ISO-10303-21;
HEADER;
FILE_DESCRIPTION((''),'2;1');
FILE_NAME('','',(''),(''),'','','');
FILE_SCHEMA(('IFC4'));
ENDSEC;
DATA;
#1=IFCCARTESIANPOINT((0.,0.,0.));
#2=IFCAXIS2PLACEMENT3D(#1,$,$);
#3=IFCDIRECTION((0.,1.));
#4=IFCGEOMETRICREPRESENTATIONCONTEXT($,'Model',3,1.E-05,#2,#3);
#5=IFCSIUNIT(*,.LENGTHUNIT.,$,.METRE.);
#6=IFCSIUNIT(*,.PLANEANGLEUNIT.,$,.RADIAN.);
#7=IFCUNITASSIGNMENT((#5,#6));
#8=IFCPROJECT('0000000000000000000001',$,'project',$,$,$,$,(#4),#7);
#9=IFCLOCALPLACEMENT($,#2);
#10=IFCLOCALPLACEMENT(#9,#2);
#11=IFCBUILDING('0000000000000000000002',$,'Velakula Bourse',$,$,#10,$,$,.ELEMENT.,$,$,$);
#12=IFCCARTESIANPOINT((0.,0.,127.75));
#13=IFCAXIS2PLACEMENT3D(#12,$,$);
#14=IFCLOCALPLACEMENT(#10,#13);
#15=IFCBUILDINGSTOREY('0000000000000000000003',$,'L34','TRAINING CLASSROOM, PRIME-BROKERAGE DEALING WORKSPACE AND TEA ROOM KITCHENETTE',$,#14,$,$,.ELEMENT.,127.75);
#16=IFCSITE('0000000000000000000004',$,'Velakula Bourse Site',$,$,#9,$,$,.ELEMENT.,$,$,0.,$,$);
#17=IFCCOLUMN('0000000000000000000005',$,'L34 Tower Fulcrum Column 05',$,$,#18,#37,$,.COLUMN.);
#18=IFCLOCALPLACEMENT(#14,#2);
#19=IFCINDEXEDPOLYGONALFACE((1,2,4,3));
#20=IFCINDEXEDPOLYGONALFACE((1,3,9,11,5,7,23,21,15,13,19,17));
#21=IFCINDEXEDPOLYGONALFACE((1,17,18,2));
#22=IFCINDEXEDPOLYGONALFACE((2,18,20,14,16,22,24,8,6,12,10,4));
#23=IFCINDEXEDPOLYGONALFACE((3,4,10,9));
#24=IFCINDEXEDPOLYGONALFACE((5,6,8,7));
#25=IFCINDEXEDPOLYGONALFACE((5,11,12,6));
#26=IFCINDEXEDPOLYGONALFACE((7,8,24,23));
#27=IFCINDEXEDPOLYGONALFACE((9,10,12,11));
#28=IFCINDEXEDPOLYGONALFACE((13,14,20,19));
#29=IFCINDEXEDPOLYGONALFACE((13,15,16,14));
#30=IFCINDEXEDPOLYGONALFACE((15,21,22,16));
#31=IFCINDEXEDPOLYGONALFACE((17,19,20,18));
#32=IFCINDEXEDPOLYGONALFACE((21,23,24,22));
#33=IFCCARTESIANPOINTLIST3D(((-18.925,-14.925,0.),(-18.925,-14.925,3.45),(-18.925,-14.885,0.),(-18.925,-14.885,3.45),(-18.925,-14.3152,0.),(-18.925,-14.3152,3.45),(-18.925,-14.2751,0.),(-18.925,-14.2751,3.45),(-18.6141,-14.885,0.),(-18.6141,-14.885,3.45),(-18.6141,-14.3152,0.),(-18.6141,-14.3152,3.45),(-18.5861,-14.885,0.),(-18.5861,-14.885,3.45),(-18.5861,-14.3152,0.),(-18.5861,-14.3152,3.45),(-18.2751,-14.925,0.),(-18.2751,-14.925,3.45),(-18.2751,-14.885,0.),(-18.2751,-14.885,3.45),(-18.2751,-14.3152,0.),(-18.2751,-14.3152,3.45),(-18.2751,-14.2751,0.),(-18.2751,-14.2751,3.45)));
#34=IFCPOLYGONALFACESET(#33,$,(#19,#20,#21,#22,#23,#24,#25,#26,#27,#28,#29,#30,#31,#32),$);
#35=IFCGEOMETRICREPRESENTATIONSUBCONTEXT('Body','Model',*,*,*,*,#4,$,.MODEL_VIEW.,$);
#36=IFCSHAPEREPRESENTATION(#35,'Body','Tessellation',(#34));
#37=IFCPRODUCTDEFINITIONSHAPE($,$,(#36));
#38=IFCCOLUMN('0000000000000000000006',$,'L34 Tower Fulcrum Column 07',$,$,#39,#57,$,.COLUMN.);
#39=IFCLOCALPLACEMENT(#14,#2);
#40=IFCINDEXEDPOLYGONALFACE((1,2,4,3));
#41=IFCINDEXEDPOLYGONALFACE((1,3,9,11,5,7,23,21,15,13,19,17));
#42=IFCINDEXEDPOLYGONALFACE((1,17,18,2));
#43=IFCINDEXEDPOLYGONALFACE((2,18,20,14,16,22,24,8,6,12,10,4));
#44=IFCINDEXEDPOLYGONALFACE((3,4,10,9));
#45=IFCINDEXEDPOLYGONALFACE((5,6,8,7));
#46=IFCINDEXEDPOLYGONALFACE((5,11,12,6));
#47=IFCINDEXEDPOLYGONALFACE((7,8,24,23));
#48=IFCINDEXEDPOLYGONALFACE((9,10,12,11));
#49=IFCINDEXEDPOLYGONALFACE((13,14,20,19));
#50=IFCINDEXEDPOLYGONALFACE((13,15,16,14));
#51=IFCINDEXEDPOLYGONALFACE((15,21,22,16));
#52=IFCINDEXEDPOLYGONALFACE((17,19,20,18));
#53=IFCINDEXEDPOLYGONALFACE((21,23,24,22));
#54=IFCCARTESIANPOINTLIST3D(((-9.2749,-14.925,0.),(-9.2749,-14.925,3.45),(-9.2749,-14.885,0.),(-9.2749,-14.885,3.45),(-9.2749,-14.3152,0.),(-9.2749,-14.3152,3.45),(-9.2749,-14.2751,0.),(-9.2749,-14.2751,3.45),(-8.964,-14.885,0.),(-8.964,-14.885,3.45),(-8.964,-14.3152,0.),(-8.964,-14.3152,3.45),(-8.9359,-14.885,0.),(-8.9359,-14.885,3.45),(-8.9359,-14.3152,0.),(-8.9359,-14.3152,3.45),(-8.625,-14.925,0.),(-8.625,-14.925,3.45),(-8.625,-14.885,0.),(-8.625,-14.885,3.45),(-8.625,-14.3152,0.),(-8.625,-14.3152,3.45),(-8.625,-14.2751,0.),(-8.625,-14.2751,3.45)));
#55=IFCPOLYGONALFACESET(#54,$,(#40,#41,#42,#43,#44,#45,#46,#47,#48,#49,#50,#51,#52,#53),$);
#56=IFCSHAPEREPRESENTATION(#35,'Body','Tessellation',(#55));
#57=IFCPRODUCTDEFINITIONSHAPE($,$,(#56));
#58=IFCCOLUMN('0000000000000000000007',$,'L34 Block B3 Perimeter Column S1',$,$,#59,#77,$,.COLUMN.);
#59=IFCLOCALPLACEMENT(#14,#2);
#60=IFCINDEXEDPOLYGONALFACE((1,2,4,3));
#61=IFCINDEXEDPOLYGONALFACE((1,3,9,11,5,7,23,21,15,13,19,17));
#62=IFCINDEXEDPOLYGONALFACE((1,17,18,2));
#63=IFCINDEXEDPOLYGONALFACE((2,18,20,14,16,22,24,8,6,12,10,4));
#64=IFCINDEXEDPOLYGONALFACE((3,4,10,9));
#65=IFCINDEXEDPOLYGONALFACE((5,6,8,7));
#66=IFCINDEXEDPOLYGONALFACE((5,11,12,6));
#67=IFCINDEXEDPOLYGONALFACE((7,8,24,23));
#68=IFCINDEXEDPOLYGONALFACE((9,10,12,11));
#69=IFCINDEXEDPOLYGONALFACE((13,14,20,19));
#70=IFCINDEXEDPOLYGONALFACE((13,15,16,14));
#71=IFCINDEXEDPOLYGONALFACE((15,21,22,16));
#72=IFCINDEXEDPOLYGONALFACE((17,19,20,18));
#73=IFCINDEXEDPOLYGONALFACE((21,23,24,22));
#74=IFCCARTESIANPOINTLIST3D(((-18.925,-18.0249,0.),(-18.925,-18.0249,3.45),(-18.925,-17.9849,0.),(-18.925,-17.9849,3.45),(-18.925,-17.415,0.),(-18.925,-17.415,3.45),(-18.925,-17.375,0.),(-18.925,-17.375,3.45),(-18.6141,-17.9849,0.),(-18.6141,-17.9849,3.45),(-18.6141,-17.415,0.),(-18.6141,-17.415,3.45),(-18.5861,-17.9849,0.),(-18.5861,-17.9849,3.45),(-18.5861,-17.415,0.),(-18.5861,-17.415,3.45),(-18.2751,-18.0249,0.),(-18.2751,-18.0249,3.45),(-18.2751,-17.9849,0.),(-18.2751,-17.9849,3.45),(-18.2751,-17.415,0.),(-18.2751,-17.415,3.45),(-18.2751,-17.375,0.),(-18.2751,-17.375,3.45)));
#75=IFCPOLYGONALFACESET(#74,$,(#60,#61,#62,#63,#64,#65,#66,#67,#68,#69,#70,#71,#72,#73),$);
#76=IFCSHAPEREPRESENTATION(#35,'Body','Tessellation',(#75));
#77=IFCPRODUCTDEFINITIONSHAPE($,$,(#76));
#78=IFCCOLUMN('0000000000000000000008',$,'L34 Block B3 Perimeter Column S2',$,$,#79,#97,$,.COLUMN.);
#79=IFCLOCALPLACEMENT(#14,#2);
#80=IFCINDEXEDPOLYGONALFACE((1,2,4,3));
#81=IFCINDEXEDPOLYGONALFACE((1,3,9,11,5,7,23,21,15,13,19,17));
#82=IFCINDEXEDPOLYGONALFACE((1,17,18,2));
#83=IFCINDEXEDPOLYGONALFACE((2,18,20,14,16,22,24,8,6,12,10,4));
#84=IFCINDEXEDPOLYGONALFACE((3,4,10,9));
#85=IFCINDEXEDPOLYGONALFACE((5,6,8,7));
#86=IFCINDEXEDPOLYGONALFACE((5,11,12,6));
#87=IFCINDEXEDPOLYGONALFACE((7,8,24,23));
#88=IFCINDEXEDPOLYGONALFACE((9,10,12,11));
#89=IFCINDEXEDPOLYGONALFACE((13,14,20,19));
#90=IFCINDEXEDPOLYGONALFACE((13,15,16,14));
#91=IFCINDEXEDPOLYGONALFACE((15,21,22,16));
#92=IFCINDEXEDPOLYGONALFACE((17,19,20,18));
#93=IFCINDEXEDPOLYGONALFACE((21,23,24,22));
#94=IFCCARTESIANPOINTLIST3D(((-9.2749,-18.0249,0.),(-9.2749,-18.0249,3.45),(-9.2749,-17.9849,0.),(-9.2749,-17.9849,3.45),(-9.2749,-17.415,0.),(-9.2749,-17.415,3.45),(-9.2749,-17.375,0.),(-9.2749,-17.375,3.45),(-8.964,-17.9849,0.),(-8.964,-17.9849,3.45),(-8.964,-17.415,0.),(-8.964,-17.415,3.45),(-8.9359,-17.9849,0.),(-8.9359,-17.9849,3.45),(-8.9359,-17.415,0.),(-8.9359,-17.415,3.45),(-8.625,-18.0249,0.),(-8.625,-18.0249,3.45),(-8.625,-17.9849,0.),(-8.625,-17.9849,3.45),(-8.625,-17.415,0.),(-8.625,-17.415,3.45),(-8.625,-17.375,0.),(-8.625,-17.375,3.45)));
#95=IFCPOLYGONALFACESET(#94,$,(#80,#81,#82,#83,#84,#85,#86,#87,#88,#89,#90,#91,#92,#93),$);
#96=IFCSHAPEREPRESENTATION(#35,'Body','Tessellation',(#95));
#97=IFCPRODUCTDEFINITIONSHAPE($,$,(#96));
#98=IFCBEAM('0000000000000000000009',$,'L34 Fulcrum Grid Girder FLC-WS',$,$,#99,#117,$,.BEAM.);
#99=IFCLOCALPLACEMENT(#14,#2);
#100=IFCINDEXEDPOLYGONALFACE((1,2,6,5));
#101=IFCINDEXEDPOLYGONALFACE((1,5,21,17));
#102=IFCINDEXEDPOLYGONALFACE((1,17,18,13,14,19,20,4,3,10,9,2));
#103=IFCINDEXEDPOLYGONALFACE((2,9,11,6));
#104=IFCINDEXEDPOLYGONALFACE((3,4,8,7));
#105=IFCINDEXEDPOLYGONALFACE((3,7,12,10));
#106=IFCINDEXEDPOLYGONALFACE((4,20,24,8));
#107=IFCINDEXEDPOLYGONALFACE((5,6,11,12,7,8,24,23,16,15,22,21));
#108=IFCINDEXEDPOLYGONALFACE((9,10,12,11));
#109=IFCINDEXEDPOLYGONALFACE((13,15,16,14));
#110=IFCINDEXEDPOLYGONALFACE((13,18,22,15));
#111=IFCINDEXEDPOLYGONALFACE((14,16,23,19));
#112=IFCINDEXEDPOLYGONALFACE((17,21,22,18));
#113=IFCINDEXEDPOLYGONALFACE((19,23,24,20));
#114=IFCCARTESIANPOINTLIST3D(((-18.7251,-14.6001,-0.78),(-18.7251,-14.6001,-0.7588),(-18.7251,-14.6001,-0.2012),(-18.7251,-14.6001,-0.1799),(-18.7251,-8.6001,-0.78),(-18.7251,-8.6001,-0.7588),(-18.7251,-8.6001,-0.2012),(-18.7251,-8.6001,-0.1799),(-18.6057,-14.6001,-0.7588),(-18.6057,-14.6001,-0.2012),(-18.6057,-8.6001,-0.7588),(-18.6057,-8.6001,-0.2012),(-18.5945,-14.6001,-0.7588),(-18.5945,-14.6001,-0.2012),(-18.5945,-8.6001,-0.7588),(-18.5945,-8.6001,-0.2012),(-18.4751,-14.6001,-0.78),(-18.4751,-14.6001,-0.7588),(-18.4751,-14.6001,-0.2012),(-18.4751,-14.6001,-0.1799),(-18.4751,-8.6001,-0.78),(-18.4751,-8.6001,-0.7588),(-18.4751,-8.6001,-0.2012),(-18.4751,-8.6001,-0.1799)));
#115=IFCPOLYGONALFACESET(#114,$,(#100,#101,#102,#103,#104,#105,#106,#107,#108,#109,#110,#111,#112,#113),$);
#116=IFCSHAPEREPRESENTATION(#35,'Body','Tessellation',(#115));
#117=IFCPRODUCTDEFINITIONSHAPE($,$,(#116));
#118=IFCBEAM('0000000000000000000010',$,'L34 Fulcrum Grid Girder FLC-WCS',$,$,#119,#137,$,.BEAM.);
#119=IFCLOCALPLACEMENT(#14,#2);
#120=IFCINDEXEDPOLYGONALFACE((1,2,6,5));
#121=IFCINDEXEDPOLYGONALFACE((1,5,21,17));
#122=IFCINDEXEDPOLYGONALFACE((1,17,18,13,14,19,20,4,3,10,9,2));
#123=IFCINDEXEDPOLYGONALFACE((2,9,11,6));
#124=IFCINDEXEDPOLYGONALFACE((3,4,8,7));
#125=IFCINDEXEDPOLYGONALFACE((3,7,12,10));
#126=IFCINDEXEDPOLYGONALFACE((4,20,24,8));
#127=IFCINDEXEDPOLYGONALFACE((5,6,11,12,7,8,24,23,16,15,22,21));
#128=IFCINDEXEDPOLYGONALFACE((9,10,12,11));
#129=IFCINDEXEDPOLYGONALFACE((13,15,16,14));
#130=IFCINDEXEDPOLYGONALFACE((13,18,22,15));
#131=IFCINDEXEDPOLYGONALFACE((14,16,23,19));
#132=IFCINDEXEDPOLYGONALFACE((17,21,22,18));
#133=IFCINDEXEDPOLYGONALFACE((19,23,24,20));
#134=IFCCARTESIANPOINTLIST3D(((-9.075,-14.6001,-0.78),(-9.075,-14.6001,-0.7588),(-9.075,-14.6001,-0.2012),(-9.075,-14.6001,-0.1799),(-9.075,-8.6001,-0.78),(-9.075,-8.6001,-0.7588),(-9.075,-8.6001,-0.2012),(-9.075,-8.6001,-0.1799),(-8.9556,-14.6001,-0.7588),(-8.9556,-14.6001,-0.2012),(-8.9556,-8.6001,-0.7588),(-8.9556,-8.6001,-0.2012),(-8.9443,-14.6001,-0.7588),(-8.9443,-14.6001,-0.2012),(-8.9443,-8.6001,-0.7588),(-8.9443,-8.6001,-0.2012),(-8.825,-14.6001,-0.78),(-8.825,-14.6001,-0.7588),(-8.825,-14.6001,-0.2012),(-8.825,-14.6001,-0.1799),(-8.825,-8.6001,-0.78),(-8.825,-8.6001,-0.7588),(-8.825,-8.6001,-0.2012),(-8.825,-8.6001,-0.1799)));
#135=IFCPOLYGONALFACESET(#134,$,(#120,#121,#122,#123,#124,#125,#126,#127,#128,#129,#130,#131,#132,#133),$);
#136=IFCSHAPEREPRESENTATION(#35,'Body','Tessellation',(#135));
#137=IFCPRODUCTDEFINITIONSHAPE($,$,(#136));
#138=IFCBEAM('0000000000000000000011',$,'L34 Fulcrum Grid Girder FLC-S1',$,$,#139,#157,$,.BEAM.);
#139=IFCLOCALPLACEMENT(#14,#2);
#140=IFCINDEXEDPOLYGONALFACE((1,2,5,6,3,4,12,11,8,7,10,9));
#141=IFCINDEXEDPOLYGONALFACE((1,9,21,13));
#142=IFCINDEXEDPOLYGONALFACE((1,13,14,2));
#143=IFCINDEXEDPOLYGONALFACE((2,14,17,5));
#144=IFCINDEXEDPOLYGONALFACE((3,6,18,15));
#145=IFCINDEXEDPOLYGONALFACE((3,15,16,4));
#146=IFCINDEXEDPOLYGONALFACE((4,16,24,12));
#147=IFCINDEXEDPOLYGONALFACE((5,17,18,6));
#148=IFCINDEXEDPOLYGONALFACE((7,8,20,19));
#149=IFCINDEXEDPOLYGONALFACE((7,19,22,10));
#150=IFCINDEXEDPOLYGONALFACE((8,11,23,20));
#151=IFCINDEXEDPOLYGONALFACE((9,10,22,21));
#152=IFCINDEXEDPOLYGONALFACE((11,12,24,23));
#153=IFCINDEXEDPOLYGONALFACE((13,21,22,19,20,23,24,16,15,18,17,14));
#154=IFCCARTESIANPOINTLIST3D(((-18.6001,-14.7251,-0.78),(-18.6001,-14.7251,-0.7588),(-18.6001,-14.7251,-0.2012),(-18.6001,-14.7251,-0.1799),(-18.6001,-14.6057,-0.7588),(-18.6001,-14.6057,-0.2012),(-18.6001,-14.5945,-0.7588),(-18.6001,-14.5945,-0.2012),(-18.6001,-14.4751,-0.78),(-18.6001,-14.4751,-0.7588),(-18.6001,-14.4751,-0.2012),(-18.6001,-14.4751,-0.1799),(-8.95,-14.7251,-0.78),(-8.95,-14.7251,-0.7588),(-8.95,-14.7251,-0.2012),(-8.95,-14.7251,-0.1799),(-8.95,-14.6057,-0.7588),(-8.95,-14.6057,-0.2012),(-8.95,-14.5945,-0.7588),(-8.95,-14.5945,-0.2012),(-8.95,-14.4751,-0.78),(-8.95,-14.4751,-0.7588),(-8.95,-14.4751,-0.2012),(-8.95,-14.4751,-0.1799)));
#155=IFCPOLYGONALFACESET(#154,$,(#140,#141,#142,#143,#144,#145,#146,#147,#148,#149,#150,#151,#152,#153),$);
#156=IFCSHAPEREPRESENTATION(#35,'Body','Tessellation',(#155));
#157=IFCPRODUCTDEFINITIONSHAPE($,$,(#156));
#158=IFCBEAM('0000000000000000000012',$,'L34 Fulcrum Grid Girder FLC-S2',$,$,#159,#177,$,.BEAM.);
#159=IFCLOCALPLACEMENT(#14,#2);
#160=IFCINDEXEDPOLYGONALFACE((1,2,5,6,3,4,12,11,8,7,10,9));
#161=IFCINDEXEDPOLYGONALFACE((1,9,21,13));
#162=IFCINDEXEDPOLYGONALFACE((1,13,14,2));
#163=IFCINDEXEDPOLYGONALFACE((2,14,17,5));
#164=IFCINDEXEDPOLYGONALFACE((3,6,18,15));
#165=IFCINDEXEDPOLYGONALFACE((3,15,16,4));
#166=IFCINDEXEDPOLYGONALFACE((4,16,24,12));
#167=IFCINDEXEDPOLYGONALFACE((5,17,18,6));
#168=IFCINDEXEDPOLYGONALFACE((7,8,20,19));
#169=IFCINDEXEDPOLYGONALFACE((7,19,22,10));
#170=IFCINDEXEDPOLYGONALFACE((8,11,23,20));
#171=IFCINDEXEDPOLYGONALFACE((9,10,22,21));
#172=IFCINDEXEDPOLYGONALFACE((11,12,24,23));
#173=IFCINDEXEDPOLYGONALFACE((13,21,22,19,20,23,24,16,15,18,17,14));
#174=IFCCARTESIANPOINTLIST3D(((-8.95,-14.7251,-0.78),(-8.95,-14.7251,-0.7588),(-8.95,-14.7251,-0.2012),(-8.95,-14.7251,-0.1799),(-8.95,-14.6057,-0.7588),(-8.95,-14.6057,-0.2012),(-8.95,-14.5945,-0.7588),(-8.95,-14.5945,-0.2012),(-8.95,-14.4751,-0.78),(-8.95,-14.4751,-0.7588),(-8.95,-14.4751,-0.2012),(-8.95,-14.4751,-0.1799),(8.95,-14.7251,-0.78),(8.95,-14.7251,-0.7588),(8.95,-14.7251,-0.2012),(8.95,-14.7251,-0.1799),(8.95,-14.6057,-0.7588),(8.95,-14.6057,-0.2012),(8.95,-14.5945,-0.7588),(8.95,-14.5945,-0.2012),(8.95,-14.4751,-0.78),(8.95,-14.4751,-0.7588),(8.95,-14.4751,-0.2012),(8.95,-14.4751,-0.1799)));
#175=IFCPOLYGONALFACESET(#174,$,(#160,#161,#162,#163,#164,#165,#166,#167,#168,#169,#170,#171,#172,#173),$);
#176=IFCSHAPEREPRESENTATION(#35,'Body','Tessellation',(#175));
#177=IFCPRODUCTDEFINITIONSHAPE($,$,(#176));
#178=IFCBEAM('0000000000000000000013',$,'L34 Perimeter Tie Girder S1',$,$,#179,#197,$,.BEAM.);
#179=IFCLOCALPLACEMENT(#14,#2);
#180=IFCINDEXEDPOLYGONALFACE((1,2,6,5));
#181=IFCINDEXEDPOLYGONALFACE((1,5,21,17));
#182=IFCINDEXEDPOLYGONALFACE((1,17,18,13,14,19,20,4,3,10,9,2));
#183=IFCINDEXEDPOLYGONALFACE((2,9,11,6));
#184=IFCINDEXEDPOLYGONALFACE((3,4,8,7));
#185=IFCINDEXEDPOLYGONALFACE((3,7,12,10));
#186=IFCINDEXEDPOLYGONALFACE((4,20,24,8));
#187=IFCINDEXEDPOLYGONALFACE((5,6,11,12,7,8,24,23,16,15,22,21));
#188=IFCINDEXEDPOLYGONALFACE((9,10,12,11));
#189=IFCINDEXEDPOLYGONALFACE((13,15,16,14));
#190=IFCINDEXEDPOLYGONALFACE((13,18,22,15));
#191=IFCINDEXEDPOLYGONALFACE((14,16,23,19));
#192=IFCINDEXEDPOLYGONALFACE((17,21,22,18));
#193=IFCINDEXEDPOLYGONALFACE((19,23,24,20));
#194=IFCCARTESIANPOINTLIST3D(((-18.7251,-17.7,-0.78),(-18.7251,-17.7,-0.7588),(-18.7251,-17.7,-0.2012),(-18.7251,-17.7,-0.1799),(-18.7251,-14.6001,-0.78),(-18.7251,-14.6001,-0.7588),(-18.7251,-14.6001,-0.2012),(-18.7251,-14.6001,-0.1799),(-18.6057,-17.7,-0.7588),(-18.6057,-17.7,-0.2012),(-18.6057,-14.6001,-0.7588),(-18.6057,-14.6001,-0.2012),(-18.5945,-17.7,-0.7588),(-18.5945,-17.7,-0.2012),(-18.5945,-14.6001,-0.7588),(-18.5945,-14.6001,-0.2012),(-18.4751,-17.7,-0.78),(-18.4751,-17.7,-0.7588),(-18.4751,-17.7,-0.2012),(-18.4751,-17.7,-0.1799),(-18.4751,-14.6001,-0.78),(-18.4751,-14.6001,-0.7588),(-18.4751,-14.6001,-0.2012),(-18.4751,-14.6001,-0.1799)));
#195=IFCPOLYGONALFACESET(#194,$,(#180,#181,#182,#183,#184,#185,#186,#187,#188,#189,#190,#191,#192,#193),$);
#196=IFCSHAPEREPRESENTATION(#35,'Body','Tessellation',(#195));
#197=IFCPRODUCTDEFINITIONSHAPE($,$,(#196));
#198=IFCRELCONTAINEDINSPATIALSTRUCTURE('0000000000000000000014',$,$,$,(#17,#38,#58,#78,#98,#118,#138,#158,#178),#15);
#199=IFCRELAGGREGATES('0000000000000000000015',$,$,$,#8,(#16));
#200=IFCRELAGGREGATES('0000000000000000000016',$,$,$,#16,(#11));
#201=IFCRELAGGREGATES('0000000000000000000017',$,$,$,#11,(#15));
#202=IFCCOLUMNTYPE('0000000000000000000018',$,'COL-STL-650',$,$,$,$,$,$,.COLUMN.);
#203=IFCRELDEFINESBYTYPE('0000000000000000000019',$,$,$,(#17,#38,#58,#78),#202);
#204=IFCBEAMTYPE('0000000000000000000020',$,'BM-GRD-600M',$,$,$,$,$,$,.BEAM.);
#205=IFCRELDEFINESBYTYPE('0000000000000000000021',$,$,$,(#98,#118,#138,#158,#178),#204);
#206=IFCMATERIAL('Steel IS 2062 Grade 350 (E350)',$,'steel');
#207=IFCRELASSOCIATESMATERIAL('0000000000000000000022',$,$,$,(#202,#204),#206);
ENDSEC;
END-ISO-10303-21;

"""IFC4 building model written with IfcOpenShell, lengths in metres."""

from ifc_helpers import new_model, si_unit, direction, frame, origin, origin_2d, place, context, subcontext, project, spatial, i_section, extrude, material, material_profile, profile_set, type_object, element, save


model = new_model("IFC4")

# Units and contexts
model_context = context("Model", 3, precision=1e-05, world=origin(), true_north=direction((0.0, 1.0)))
body_context = subcontext(model_context, "Body", "Model", "MODEL_VIEW")
ifc_project = project(units=[si_unit("LENGTHUNIT", "METRE"), si_unit("PLANEANGLEUNIT", "RADIAN")], contexts=[model_context])

# Site, building, storey
site_placement = place(None, origin())
site = spatial("IfcSite", under=ifc_project, at=site_placement, Name="Velakula Bourse Site", CompositionType="ELEMENT", RefElevation=0.0)
building_placement = place(site_placement, origin())
building = spatial("IfcBuilding", under=site, at=building_placement, Name="Velakula Bourse", CompositionType="ELEMENT")
storey_placement = place(building_placement, frame((0.0, 0.0, 127.75)))
storey = spatial("IfcBuildingStorey", under=building, at=storey_placement, Name="L34", Description="TRAINING CLASSROOM, PRIME-BROKERAGE DEALING WORKSPACE AND TEA ROOM KITCHENETTE", CompositionType="ELEMENT", Elevation=127.75)

# Columns
ifc_material_1 = material(Name="Steel IS 2062 Grade 350 (E350)", Category="steel")
ifc_material_profile_1 = material_profile(ifc_material_1, i_section(OverallWidth=0.6499, OverallDepth=0.6499, WebThickness=0.0281, FlangeThickness=0.04, at=origin_2d()), Name="Steel IS 2062 Grade 350 (E350)")
ifc_profile_set_1 = profile_set([ifc_material_profile_1], Name="Steel IS 2062 Grade 350 (E350)")
column_type = type_object("IfcColumnType", Name="COL-STL-650", PredefinedType="COLUMN", material=ifc_profile_set_1)
for number, where, z_axis, x_axis, name in (
    (1, (-18.6001, -14.6001, 0.0), (0.0, 0.0, 1.0), (1.0, 0.0, 0.0), "L34 Tower Fulcrum Column 05"),
    (2, (-8.95, -14.6001, 0.0), (0.0, 0.0, 1.0), (1.0, 0.0, 0.0), "L34 Tower Fulcrum Column 07"),
    (3, (-18.6001, -17.7, 0.0), (0.0, 0.0, 1.0), (1.0, 0.0, 0.0), "L34 Block B3 Perimeter Column S1"),
    (4, (-8.95, -17.7, 0.0), (0.0, 0.0, 1.0), (1.0, 0.0, 0.0), "L34 Block B3 Perimeter Column S2"),
):
    element("IfcColumn", number, at=place(storey_placement, frame(where, z_axis=z_axis, x_axis=x_axis)), inside=storey, type_object=column_type, Name=name, PredefinedType="COLUMN", context=body_context, shape_type="SweptSolid", body=[
        extrude(i_section(OverallWidth=0.6499, OverallDepth=0.6499, WebThickness=0.0281, FlangeThickness=0.04, at=origin_2d()), origin(), (0.0, 0.0, 1.0), 3.45),
    ])

# Beams
ifc_material_profile_2 = material_profile(ifc_material_1, i_section(OverallWidth=0.25, OverallDepth=0.6001, WebThickness=0.0112, FlangeThickness=0.0212, at=origin_2d()), Name="Steel IS 2062 Grade 350 (E350)")
ifc_profile_set_2 = profile_set([ifc_material_profile_2], Name="Steel IS 2062 Grade 350 (E350)")
beam_type_1 = type_object("IfcBeamType", Name="BM-GRD-600M", PredefinedType="BEAM", material=ifc_profile_set_2)
for number, where, z_axis, x_axis, name in (
    (5, (-18.6001, -14.6001, -0.48), (0.0, 1.0, 0.0), (-1.0, 0.0, 0.0), "L34 Fulcrum Grid Girder FLC-WS"),
    (6, (-8.95, -14.6001, -0.48), (0.0, 1.0, 0.0), (-1.0, 0.0, 0.0), "L34 Fulcrum Grid Girder FLC-WCS"),
):
    element("IfcBeam", number, at=place(storey_placement, frame(where, z_axis=z_axis, x_axis=x_axis)), inside=storey, type_object=beam_type_1, Name=name, PredefinedType="BEAM", context=body_context, shape_type="SweptSolid", body=[
        extrude(i_section(OverallWidth=0.25, OverallDepth=0.6001, WebThickness=0.0112, FlangeThickness=0.0212, at=origin_2d()), origin(), (0.0, 0.0, 1.0), 6.0),
    ])
beam_1_placement = place(storey_placement, frame((-18.6001, -14.6001, -0.48), z_axis=(1.0, 0.0, 0.0), x_axis=(0.0, 1.0, 0.0)))
element("IfcBeam", 7, at=beam_1_placement, inside=storey, type_object=beam_type_1, Name="L34 Fulcrum Grid Girder FLC-S1", PredefinedType="BEAM", context=body_context, shape_type="SweptSolid", body=[
    extrude(i_section(OverallWidth=0.25, OverallDepth=0.6001, WebThickness=0.0112, FlangeThickness=0.0212, at=origin_2d()), origin(), (0.0, 0.0, 1.0), 9.6501),
])
beam_2_placement = place(storey_placement, frame((-8.95, -14.6001, -0.48), z_axis=(1.0, 0.0, 0.0), x_axis=(0.0, 1.0, 0.0)))
element("IfcBeam", 8, at=beam_2_placement, inside=storey, type_object=beam_type_1, Name="L34 Fulcrum Grid Girder FLC-S2", PredefinedType="BEAM", context=body_context, shape_type="SweptSolid", body=[
    extrude(i_section(OverallWidth=0.25, OverallDepth=0.6001, WebThickness=0.0112, FlangeThickness=0.0212, at=origin_2d()), origin(), (0.0, 0.0, 1.0), 17.8999),
])
for number, where, z_axis, x_axis, name in (
    (9, (-18.6001, -14.6001, -0.48), (0.0, -1.0, 0.0), (1.0, 0.0, 0.0), "L34 Perimeter Tie Girder S1"),
):
    element("IfcBeam", number, at=place(storey_placement, frame(where, z_axis=z_axis, x_axis=x_axis)), inside=storey, type_object=beam_type_1, Name=name, PredefinedType="BEAM", context=body_context, shape_type="SweptSolid", body=[
        extrude(i_section(OverallWidth=0.25, OverallDepth=0.6001, WebThickness=0.0112, FlangeThickness=0.0212, at=origin_2d()), origin(), (0.0, 0.0, 1.0), 3.0999),
    ])

save(model, "model.ifc")
